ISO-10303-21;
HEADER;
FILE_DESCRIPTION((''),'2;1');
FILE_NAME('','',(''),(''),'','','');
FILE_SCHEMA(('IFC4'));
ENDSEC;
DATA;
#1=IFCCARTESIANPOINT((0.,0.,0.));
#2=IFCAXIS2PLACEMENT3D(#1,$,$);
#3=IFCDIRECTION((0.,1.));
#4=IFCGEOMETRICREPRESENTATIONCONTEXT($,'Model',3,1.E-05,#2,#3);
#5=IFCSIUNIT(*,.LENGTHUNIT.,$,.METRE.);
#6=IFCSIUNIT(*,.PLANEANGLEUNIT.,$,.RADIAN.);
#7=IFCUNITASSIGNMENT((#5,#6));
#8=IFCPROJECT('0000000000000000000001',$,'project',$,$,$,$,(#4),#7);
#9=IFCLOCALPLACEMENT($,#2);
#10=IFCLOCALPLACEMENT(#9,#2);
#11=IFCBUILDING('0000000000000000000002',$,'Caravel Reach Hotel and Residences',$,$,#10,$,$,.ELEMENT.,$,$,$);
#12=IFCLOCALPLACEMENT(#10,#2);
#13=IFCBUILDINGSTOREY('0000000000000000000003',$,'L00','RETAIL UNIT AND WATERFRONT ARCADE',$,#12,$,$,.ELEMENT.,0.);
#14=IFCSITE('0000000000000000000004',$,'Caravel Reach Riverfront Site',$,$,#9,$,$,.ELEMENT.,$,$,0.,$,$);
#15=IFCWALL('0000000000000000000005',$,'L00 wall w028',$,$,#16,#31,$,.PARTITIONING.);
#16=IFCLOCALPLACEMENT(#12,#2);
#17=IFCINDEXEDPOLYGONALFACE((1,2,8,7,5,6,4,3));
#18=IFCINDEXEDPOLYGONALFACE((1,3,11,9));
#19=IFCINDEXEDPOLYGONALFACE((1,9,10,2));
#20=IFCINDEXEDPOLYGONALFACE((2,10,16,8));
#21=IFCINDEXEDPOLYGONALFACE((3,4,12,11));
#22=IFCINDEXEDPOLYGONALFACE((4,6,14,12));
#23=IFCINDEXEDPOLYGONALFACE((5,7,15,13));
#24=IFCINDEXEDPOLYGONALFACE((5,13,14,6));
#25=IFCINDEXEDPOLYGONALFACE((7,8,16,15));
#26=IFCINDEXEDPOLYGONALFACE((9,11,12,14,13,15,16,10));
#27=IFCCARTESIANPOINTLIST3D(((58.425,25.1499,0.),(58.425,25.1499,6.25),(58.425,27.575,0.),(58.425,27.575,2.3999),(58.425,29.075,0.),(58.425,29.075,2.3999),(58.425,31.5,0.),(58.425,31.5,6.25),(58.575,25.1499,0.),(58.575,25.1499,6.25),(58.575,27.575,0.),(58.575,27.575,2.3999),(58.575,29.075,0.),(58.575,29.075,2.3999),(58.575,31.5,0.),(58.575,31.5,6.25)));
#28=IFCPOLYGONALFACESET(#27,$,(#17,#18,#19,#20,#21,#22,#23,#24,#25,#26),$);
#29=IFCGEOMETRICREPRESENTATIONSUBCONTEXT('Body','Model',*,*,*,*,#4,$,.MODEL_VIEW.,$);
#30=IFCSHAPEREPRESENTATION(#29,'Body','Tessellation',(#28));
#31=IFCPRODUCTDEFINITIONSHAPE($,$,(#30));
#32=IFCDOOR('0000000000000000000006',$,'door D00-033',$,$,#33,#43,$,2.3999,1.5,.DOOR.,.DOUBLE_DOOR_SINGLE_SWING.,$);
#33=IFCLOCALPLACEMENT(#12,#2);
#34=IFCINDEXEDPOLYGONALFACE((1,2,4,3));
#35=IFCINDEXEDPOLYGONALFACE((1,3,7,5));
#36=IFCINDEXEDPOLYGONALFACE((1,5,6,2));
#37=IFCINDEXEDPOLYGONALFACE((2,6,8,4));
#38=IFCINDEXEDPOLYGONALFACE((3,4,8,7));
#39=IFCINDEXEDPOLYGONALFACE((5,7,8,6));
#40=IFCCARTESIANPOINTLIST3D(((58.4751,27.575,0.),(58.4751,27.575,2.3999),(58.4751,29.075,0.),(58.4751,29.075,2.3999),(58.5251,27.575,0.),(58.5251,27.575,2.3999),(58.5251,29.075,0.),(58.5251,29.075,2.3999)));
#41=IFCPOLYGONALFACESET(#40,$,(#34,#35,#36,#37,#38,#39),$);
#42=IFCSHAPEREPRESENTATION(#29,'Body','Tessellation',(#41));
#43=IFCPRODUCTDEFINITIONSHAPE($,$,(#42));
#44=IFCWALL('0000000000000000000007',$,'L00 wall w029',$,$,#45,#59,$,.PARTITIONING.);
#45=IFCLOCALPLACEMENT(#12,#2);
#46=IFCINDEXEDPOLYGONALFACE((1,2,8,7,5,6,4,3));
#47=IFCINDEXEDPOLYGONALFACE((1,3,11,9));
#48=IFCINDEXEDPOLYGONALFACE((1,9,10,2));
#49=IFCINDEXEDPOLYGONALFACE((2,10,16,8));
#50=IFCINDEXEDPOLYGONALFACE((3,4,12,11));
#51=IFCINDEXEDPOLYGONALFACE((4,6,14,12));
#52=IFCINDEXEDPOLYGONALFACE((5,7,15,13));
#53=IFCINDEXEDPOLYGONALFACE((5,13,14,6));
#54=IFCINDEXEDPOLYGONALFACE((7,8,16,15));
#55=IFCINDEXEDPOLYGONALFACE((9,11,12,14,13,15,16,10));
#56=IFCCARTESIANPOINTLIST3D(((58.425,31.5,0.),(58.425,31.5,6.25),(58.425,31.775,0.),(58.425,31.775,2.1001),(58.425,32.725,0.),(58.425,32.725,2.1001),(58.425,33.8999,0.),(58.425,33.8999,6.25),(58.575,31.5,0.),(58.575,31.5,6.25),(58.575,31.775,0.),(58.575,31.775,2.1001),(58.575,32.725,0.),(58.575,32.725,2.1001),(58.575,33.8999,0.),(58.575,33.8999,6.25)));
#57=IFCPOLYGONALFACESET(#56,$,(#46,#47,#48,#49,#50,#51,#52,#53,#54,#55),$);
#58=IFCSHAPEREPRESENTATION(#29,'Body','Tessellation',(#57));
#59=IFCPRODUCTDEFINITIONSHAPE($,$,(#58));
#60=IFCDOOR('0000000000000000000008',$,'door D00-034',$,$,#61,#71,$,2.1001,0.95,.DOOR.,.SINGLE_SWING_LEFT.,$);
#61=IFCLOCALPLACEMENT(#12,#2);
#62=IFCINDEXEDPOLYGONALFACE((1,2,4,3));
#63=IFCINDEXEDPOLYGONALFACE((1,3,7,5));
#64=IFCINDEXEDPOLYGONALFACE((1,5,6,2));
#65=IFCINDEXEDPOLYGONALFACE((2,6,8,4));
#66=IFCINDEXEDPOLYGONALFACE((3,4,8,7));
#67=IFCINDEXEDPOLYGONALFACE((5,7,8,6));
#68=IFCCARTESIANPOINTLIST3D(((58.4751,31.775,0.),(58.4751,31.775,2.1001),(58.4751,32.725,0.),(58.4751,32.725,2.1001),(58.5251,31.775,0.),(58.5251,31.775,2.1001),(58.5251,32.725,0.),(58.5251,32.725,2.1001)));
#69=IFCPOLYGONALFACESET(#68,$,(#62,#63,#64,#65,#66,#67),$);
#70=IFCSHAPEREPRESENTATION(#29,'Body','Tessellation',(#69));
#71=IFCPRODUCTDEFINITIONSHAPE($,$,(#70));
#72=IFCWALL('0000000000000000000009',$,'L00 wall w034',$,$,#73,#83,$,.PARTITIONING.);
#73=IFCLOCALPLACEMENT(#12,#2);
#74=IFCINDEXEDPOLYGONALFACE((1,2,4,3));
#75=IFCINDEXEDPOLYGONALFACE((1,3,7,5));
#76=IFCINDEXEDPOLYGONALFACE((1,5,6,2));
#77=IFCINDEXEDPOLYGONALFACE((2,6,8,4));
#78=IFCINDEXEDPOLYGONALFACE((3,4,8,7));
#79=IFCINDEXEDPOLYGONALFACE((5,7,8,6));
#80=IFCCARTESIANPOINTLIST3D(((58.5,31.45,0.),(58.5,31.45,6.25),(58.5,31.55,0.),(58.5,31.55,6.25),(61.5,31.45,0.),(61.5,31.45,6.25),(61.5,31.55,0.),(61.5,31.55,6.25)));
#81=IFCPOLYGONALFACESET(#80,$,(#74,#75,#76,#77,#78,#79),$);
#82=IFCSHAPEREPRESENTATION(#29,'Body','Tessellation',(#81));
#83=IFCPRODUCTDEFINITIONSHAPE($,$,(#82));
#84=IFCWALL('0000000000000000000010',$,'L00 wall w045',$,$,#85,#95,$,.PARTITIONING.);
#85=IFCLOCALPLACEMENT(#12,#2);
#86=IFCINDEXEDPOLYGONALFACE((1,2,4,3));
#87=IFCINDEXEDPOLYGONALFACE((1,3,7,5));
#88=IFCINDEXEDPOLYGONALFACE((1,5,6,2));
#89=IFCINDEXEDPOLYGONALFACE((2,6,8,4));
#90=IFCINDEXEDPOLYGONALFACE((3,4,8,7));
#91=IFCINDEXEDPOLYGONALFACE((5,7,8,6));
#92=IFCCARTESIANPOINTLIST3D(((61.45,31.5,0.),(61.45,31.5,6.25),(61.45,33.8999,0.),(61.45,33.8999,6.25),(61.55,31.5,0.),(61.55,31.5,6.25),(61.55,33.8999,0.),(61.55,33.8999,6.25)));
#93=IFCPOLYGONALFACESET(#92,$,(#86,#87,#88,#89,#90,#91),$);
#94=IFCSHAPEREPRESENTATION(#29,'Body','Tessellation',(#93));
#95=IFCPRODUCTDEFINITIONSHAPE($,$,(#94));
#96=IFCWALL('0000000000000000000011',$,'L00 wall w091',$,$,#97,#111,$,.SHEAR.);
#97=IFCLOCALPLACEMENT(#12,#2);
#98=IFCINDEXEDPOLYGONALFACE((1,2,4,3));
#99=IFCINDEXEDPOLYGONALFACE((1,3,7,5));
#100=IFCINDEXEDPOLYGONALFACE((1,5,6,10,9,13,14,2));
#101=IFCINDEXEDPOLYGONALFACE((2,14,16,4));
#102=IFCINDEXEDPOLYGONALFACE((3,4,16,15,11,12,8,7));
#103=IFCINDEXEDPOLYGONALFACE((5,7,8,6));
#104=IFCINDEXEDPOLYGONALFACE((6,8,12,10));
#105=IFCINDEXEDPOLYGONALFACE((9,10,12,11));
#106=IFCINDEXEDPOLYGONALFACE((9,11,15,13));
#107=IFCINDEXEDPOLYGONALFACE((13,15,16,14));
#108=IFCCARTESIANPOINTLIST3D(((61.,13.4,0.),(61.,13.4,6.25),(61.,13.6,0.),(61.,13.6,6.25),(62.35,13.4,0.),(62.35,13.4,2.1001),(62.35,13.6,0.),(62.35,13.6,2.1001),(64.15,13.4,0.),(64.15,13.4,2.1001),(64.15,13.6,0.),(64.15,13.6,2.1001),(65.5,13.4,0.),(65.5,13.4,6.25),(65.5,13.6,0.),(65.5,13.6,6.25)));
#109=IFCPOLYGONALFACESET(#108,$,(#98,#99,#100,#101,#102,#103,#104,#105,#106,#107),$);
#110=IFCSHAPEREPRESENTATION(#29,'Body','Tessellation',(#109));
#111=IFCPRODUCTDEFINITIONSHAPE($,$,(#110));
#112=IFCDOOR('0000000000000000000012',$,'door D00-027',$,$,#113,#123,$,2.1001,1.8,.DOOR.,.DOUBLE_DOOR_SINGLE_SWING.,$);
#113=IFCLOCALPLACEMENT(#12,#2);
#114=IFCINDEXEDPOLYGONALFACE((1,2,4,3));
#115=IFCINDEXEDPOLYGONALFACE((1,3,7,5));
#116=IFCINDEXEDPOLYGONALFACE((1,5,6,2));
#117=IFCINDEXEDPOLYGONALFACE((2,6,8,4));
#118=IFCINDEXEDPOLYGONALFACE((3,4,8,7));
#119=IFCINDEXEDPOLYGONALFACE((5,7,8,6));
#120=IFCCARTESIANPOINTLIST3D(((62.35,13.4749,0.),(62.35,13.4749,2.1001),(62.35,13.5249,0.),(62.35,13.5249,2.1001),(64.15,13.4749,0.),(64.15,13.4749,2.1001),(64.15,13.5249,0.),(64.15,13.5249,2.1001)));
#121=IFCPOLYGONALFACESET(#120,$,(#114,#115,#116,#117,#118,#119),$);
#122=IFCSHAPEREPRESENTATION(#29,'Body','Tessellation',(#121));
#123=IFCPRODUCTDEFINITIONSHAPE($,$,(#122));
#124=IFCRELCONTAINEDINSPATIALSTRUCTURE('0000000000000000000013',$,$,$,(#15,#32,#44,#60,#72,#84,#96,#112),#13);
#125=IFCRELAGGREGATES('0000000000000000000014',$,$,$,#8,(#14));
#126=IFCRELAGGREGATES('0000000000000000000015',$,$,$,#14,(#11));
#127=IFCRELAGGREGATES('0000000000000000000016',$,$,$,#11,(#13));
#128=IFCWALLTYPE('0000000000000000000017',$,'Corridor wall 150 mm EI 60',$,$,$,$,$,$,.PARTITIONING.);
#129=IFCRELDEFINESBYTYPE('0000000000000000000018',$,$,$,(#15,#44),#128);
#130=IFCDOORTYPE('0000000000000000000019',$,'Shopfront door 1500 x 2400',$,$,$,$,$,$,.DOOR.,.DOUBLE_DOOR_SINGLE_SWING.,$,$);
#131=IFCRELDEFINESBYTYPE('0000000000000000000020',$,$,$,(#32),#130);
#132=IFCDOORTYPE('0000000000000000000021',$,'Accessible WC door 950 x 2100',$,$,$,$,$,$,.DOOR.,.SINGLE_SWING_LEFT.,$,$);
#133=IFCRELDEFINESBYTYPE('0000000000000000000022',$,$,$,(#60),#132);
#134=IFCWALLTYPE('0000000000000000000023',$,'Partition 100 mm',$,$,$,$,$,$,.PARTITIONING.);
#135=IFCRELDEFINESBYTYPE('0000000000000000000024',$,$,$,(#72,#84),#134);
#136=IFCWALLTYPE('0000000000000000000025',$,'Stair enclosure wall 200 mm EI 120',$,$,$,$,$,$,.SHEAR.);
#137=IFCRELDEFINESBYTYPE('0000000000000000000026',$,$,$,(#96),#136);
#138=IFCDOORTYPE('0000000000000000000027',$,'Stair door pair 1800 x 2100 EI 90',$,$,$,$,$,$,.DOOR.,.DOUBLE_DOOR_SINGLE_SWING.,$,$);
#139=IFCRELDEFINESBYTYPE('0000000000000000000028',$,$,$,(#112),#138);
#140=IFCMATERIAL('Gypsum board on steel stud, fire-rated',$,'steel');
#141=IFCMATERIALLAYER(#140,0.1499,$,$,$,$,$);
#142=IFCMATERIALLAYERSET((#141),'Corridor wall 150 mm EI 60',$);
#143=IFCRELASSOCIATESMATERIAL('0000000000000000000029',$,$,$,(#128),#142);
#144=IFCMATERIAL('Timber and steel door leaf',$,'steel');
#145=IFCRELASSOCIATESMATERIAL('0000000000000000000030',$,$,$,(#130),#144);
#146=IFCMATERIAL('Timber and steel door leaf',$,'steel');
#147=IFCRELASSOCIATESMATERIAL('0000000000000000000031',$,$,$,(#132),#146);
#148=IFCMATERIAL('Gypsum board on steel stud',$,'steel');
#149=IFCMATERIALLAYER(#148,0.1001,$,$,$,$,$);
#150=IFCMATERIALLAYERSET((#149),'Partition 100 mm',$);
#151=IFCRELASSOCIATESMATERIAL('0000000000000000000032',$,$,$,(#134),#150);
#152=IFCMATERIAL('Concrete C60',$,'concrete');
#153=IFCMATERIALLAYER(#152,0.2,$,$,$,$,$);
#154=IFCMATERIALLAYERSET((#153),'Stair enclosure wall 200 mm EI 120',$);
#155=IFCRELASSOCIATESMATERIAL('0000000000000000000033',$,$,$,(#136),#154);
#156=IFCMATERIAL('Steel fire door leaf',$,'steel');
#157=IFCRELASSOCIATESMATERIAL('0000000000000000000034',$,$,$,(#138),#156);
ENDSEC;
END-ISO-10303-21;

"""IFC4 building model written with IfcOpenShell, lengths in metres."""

from ifc_helpers import new_model, si_unit, direction, frame, frame_2d, origin, place, context, subcontext, project, spatial, rectangle, extrude, material, layer, layer_set, type_object, element, fill, save


model = new_model("IFC4")

# Units and contexts
model_context = context("Model", 3, precision=1e-05, world=origin(), true_north=direction((0.0, 1.0)))
body_context = subcontext(model_context, "Body", "Model", "MODEL_VIEW")
ifc_project = project(units=[si_unit("LENGTHUNIT", "METRE"), si_unit("PLANEANGLEUNIT", "RADIAN")], contexts=[model_context])

# Site, building, storey
site_placement = place(None, origin())
site = spatial("IfcSite", under=ifc_project, at=site_placement, Name="Caravel Reach Riverfront Site", CompositionType="ELEMENT", RefElevation=0.0)
building_placement = place(site_placement, origin())
building = spatial("IfcBuilding", under=site, at=building_placement, Name="Caravel Reach Hotel and Residences", CompositionType="ELEMENT")
storey_placement = place(building_placement, origin())
storey = spatial("IfcBuildingStorey", under=building, at=storey_placement, Name="L00", Description="RETAIL UNIT AND WATERFRONT ARCADE", CompositionType="ELEMENT", Elevation=0.0)

# Walls, openings, doors
ifc_material_1 = material(Name="Gypsum board on steel stud, fire-rated", Category="steel")
ifc_layer_1 = layer(ifc_material_1, 0.1499)
ifc_layer_set_1 = layer_set([ifc_layer_1], Name="Corridor wall 150 mm EI 60")
wall_type_1 = type_object("IfcWallType", Name="Corridor wall 150 mm EI 60", PredefinedType="PARTITIONING", material=ifc_layer_set_1)
wall_1_placement = place(storey_placement, frame((58.5, 25.1499, 0.0), z_axis=(0.0, 0.0, 1.0), x_axis=(0.0, 1.0, 0.0)))
wall_1 = element("IfcWall", 1, at=wall_1_placement, inside=storey, type_object=wall_type_1, Name="L00 wall w028", PredefinedType="PARTITIONING", context=body_context, shape_type="SweptSolid", body=[
    extrude(rectangle(XDim=6.3501, YDim=0.1499, at=frame_2d((3.175, 0.0))), origin(), (0.0, 0.0, 1.0), 6.25),
])
opening_1_placement = place(wall_1_placement, frame((2.425, 0.0, 0.0)))
opening_1 = element("IfcOpeningElement", 2, at=opening_1_placement, cuts=wall_1, PredefinedType="OPENING", context=body_context, shape_type="SweptSolid", body=[
    extrude(rectangle(XDim=1.5, YDim=2.3999, at=frame_2d((0.75, 1.2))), frame((0.0, 0.085, 0.0), z_axis=(0.0, -1.0, 0.0), x_axis=(1.0, 0.0, 0.0)), (0.0, 0.0, 1.0), 0.1699),
])
ifc_material_2 = material(Name="Timber and steel door leaf", Category="steel")
door_type_1 = type_object("IfcDoorType", Name="Shopfront door 1500 x 2400", OperationType="DOUBLE_DOOR_SINGLE_SWING", PredefinedType="DOOR", material=ifc_material_2)
door_1_placement = place(opening_1_placement, origin())
door_1 = element("IfcDoor", 3, at=door_1_placement, inside=storey, type_object=door_type_1, Name="door D00-033", OperationType="DOUBLE_DOOR_SINGLE_SWING", OverallHeight=2.3999, OverallWidth=1.5, PredefinedType="DOOR", context=body_context, shape_type="SweptSolid", body=[
    extrude(rectangle(XDim=1.5, YDim=2.3999, at=frame_2d((0.75, 1.2))), frame((0.0, 0.0249, 0.0), z_axis=(0.0, -1.0, 0.0), x_axis=(1.0, 0.0, 0.0)), (0.0, 0.0, 1.0), 0.05),
])
fill(opening_1, door_1)
wall_2_placement = place(storey_placement, frame((58.5, 31.5, 0.0), z_axis=(0.0, 0.0, 1.0), x_axis=(0.0, 1.0, 0.0)))
wall_2 = element("IfcWall", 4, at=wall_2_placement, inside=storey, type_object=wall_type_1, Name="L00 wall w029", PredefinedType="PARTITIONING", context=body_context, shape_type="SweptSolid", body=[
    extrude(rectangle(XDim=2.3999, YDim=0.1499, at=frame_2d((1.2, 0.0))), origin(), (0.0, 0.0, 1.0), 6.25),
])
opening_2_placement = place(wall_2_placement, frame((0.2749, 0.0, 0.0)))
opening_2 = element("IfcOpeningElement", 5, at=opening_2_placement, cuts=wall_2, PredefinedType="OPENING", context=body_context, shape_type="SweptSolid", body=[
    extrude(rectangle(XDim=0.95, YDim=2.1001, at=frame_2d((0.4751, 1.05))), frame((0.0, 0.085, 0.0), z_axis=(0.0, -1.0, 0.0), x_axis=(1.0, 0.0, 0.0)), (0.0, 0.0, 1.0), 0.1699),
])
ifc_material_3 = material(Name="Timber and steel door leaf", Category="steel")
door_type_2 = type_object("IfcDoorType", Name="Accessible WC door 950 x 2100", OperationType="SINGLE_SWING_LEFT", PredefinedType="DOOR", material=ifc_material_3)
door_2_placement = place(opening_2_placement, origin())
door_2 = element("IfcDoor", 6, at=door_2_placement, inside=storey, type_object=door_type_2, Name="door D00-034", OperationType="SINGLE_SWING_LEFT", OverallHeight=2.1001, OverallWidth=0.95, PredefinedType="DOOR", context=body_context, shape_type="SweptSolid", body=[
    extrude(rectangle(XDim=0.95, YDim=2.1001, at=frame_2d((0.4751, 1.05))), frame((0.0, 0.0249, 0.0), z_axis=(0.0, -1.0, 0.0), x_axis=(1.0, 0.0, 0.0)), (0.0, 0.0, 1.0), 0.05),
])
fill(opening_2, door_2)

# Walls
ifc_material_4 = material(Name="Gypsum board on steel stud", Category="steel")
ifc_layer_2 = layer(ifc_material_4, 0.1001)
ifc_layer_set_2 = layer_set([ifc_layer_2], Name="Partition 100 mm")
wall_type_2 = type_object("IfcWallType", Name="Partition 100 mm", PredefinedType="PARTITIONING", material=ifc_layer_set_2)
wall_3_placement = place(storey_placement, frame((58.5, 31.5, 0.0), z_axis=(0.0, 0.0, 1.0), x_axis=(1.0, 0.0, 0.0)))
element("IfcWall", 7, at=wall_3_placement, inside=storey, type_object=wall_type_2, Name="L00 wall w034", PredefinedType="PARTITIONING", context=body_context, shape_type="SweptSolid", body=[
    extrude(rectangle(XDim=3.0, YDim=0.1001, at=frame_2d((1.5, 0.0))), origin(), (0.0, 0.0, 1.0), 6.25),
])
wall_4_placement = place(storey_placement, frame((61.5, 31.5, 0.0), z_axis=(0.0, 0.0, 1.0), x_axis=(0.0, 1.0, 0.0)))
element("IfcWall", 8, at=wall_4_placement, inside=storey, type_object=wall_type_2, Name="L00 wall w045", PredefinedType="PARTITIONING", context=body_context, shape_type="SweptSolid", body=[
    extrude(rectangle(XDim=2.3999, YDim=0.1001, at=frame_2d((1.2, 0.0))), origin(), (0.0, 0.0, 1.0), 6.25),
])

# Wall, opening, door
ifc_material_5 = material(Name="Concrete C60", Category="concrete")
ifc_layer_3 = layer(ifc_material_5, 0.2)
ifc_layer_set_3 = layer_set([ifc_layer_3], Name="Stair enclosure wall 200 mm EI 120")
wall_type_3 = type_object("IfcWallType", Name="Stair enclosure wall 200 mm EI 120", PredefinedType="SHEAR", material=ifc_layer_set_3)
wall_5_placement = place(storey_placement, frame((61.0, 13.5, 0.0), z_axis=(0.0, 0.0, 1.0), x_axis=(1.0, 0.0, 0.0)))
wall_5 = element("IfcWall", 9, at=wall_5_placement, inside=storey, type_object=wall_type_3, Name="L00 wall w091", PredefinedType="SHEAR", context=body_context, shape_type="SweptSolid", body=[
    extrude(rectangle(XDim=4.5, YDim=0.2, at=frame_2d((2.25, 0.0))), origin(), (0.0, 0.0, 1.0), 6.25),
])
opening_3_placement = place(wall_5_placement, frame((1.3501, 0.0, 0.0)))
opening_3 = element("IfcOpeningElement", 10, at=opening_3_placement, cuts=wall_5, PredefinedType="OPENING", context=body_context, shape_type="SweptSolid", body=[
    extrude(rectangle(XDim=1.8, YDim=2.1001, at=frame_2d((0.8999, 1.05))), frame((0.0, 0.1099, 0.0), z_axis=(0.0, -1.0, 0.0), x_axis=(1.0, 0.0, 0.0)), (0.0, 0.0, 1.0), 0.22),
])
ifc_material_6 = material(Name="Steel fire door leaf", Category="steel")
door_type_3 = type_object("IfcDoorType", Name="Stair door pair 1800 x 2100 EI 90", OperationType="DOUBLE_DOOR_SINGLE_SWING", PredefinedType="DOOR", material=ifc_material_6)
door_3_placement = place(opening_3_placement, origin())
door_3 = element("IfcDoor", 11, at=door_3_placement, inside=storey, type_object=door_type_3, Name="door D00-027", OperationType="DOUBLE_DOOR_SINGLE_SWING", OverallHeight=2.1001, OverallWidth=1.8, PredefinedType="DOOR", context=body_context, shape_type="SweptSolid", body=[
    extrude(rectangle(XDim=1.8, YDim=2.1001, at=frame_2d((0.8999, 1.05))), frame((0.0, 0.0249, 0.0), z_axis=(0.0, -1.0, 0.0), x_axis=(1.0, 0.0, 0.0)), (0.0, 0.0, 1.0), 0.05),
])
fill(opening_3, door_3)

save(model, "model.ifc")
